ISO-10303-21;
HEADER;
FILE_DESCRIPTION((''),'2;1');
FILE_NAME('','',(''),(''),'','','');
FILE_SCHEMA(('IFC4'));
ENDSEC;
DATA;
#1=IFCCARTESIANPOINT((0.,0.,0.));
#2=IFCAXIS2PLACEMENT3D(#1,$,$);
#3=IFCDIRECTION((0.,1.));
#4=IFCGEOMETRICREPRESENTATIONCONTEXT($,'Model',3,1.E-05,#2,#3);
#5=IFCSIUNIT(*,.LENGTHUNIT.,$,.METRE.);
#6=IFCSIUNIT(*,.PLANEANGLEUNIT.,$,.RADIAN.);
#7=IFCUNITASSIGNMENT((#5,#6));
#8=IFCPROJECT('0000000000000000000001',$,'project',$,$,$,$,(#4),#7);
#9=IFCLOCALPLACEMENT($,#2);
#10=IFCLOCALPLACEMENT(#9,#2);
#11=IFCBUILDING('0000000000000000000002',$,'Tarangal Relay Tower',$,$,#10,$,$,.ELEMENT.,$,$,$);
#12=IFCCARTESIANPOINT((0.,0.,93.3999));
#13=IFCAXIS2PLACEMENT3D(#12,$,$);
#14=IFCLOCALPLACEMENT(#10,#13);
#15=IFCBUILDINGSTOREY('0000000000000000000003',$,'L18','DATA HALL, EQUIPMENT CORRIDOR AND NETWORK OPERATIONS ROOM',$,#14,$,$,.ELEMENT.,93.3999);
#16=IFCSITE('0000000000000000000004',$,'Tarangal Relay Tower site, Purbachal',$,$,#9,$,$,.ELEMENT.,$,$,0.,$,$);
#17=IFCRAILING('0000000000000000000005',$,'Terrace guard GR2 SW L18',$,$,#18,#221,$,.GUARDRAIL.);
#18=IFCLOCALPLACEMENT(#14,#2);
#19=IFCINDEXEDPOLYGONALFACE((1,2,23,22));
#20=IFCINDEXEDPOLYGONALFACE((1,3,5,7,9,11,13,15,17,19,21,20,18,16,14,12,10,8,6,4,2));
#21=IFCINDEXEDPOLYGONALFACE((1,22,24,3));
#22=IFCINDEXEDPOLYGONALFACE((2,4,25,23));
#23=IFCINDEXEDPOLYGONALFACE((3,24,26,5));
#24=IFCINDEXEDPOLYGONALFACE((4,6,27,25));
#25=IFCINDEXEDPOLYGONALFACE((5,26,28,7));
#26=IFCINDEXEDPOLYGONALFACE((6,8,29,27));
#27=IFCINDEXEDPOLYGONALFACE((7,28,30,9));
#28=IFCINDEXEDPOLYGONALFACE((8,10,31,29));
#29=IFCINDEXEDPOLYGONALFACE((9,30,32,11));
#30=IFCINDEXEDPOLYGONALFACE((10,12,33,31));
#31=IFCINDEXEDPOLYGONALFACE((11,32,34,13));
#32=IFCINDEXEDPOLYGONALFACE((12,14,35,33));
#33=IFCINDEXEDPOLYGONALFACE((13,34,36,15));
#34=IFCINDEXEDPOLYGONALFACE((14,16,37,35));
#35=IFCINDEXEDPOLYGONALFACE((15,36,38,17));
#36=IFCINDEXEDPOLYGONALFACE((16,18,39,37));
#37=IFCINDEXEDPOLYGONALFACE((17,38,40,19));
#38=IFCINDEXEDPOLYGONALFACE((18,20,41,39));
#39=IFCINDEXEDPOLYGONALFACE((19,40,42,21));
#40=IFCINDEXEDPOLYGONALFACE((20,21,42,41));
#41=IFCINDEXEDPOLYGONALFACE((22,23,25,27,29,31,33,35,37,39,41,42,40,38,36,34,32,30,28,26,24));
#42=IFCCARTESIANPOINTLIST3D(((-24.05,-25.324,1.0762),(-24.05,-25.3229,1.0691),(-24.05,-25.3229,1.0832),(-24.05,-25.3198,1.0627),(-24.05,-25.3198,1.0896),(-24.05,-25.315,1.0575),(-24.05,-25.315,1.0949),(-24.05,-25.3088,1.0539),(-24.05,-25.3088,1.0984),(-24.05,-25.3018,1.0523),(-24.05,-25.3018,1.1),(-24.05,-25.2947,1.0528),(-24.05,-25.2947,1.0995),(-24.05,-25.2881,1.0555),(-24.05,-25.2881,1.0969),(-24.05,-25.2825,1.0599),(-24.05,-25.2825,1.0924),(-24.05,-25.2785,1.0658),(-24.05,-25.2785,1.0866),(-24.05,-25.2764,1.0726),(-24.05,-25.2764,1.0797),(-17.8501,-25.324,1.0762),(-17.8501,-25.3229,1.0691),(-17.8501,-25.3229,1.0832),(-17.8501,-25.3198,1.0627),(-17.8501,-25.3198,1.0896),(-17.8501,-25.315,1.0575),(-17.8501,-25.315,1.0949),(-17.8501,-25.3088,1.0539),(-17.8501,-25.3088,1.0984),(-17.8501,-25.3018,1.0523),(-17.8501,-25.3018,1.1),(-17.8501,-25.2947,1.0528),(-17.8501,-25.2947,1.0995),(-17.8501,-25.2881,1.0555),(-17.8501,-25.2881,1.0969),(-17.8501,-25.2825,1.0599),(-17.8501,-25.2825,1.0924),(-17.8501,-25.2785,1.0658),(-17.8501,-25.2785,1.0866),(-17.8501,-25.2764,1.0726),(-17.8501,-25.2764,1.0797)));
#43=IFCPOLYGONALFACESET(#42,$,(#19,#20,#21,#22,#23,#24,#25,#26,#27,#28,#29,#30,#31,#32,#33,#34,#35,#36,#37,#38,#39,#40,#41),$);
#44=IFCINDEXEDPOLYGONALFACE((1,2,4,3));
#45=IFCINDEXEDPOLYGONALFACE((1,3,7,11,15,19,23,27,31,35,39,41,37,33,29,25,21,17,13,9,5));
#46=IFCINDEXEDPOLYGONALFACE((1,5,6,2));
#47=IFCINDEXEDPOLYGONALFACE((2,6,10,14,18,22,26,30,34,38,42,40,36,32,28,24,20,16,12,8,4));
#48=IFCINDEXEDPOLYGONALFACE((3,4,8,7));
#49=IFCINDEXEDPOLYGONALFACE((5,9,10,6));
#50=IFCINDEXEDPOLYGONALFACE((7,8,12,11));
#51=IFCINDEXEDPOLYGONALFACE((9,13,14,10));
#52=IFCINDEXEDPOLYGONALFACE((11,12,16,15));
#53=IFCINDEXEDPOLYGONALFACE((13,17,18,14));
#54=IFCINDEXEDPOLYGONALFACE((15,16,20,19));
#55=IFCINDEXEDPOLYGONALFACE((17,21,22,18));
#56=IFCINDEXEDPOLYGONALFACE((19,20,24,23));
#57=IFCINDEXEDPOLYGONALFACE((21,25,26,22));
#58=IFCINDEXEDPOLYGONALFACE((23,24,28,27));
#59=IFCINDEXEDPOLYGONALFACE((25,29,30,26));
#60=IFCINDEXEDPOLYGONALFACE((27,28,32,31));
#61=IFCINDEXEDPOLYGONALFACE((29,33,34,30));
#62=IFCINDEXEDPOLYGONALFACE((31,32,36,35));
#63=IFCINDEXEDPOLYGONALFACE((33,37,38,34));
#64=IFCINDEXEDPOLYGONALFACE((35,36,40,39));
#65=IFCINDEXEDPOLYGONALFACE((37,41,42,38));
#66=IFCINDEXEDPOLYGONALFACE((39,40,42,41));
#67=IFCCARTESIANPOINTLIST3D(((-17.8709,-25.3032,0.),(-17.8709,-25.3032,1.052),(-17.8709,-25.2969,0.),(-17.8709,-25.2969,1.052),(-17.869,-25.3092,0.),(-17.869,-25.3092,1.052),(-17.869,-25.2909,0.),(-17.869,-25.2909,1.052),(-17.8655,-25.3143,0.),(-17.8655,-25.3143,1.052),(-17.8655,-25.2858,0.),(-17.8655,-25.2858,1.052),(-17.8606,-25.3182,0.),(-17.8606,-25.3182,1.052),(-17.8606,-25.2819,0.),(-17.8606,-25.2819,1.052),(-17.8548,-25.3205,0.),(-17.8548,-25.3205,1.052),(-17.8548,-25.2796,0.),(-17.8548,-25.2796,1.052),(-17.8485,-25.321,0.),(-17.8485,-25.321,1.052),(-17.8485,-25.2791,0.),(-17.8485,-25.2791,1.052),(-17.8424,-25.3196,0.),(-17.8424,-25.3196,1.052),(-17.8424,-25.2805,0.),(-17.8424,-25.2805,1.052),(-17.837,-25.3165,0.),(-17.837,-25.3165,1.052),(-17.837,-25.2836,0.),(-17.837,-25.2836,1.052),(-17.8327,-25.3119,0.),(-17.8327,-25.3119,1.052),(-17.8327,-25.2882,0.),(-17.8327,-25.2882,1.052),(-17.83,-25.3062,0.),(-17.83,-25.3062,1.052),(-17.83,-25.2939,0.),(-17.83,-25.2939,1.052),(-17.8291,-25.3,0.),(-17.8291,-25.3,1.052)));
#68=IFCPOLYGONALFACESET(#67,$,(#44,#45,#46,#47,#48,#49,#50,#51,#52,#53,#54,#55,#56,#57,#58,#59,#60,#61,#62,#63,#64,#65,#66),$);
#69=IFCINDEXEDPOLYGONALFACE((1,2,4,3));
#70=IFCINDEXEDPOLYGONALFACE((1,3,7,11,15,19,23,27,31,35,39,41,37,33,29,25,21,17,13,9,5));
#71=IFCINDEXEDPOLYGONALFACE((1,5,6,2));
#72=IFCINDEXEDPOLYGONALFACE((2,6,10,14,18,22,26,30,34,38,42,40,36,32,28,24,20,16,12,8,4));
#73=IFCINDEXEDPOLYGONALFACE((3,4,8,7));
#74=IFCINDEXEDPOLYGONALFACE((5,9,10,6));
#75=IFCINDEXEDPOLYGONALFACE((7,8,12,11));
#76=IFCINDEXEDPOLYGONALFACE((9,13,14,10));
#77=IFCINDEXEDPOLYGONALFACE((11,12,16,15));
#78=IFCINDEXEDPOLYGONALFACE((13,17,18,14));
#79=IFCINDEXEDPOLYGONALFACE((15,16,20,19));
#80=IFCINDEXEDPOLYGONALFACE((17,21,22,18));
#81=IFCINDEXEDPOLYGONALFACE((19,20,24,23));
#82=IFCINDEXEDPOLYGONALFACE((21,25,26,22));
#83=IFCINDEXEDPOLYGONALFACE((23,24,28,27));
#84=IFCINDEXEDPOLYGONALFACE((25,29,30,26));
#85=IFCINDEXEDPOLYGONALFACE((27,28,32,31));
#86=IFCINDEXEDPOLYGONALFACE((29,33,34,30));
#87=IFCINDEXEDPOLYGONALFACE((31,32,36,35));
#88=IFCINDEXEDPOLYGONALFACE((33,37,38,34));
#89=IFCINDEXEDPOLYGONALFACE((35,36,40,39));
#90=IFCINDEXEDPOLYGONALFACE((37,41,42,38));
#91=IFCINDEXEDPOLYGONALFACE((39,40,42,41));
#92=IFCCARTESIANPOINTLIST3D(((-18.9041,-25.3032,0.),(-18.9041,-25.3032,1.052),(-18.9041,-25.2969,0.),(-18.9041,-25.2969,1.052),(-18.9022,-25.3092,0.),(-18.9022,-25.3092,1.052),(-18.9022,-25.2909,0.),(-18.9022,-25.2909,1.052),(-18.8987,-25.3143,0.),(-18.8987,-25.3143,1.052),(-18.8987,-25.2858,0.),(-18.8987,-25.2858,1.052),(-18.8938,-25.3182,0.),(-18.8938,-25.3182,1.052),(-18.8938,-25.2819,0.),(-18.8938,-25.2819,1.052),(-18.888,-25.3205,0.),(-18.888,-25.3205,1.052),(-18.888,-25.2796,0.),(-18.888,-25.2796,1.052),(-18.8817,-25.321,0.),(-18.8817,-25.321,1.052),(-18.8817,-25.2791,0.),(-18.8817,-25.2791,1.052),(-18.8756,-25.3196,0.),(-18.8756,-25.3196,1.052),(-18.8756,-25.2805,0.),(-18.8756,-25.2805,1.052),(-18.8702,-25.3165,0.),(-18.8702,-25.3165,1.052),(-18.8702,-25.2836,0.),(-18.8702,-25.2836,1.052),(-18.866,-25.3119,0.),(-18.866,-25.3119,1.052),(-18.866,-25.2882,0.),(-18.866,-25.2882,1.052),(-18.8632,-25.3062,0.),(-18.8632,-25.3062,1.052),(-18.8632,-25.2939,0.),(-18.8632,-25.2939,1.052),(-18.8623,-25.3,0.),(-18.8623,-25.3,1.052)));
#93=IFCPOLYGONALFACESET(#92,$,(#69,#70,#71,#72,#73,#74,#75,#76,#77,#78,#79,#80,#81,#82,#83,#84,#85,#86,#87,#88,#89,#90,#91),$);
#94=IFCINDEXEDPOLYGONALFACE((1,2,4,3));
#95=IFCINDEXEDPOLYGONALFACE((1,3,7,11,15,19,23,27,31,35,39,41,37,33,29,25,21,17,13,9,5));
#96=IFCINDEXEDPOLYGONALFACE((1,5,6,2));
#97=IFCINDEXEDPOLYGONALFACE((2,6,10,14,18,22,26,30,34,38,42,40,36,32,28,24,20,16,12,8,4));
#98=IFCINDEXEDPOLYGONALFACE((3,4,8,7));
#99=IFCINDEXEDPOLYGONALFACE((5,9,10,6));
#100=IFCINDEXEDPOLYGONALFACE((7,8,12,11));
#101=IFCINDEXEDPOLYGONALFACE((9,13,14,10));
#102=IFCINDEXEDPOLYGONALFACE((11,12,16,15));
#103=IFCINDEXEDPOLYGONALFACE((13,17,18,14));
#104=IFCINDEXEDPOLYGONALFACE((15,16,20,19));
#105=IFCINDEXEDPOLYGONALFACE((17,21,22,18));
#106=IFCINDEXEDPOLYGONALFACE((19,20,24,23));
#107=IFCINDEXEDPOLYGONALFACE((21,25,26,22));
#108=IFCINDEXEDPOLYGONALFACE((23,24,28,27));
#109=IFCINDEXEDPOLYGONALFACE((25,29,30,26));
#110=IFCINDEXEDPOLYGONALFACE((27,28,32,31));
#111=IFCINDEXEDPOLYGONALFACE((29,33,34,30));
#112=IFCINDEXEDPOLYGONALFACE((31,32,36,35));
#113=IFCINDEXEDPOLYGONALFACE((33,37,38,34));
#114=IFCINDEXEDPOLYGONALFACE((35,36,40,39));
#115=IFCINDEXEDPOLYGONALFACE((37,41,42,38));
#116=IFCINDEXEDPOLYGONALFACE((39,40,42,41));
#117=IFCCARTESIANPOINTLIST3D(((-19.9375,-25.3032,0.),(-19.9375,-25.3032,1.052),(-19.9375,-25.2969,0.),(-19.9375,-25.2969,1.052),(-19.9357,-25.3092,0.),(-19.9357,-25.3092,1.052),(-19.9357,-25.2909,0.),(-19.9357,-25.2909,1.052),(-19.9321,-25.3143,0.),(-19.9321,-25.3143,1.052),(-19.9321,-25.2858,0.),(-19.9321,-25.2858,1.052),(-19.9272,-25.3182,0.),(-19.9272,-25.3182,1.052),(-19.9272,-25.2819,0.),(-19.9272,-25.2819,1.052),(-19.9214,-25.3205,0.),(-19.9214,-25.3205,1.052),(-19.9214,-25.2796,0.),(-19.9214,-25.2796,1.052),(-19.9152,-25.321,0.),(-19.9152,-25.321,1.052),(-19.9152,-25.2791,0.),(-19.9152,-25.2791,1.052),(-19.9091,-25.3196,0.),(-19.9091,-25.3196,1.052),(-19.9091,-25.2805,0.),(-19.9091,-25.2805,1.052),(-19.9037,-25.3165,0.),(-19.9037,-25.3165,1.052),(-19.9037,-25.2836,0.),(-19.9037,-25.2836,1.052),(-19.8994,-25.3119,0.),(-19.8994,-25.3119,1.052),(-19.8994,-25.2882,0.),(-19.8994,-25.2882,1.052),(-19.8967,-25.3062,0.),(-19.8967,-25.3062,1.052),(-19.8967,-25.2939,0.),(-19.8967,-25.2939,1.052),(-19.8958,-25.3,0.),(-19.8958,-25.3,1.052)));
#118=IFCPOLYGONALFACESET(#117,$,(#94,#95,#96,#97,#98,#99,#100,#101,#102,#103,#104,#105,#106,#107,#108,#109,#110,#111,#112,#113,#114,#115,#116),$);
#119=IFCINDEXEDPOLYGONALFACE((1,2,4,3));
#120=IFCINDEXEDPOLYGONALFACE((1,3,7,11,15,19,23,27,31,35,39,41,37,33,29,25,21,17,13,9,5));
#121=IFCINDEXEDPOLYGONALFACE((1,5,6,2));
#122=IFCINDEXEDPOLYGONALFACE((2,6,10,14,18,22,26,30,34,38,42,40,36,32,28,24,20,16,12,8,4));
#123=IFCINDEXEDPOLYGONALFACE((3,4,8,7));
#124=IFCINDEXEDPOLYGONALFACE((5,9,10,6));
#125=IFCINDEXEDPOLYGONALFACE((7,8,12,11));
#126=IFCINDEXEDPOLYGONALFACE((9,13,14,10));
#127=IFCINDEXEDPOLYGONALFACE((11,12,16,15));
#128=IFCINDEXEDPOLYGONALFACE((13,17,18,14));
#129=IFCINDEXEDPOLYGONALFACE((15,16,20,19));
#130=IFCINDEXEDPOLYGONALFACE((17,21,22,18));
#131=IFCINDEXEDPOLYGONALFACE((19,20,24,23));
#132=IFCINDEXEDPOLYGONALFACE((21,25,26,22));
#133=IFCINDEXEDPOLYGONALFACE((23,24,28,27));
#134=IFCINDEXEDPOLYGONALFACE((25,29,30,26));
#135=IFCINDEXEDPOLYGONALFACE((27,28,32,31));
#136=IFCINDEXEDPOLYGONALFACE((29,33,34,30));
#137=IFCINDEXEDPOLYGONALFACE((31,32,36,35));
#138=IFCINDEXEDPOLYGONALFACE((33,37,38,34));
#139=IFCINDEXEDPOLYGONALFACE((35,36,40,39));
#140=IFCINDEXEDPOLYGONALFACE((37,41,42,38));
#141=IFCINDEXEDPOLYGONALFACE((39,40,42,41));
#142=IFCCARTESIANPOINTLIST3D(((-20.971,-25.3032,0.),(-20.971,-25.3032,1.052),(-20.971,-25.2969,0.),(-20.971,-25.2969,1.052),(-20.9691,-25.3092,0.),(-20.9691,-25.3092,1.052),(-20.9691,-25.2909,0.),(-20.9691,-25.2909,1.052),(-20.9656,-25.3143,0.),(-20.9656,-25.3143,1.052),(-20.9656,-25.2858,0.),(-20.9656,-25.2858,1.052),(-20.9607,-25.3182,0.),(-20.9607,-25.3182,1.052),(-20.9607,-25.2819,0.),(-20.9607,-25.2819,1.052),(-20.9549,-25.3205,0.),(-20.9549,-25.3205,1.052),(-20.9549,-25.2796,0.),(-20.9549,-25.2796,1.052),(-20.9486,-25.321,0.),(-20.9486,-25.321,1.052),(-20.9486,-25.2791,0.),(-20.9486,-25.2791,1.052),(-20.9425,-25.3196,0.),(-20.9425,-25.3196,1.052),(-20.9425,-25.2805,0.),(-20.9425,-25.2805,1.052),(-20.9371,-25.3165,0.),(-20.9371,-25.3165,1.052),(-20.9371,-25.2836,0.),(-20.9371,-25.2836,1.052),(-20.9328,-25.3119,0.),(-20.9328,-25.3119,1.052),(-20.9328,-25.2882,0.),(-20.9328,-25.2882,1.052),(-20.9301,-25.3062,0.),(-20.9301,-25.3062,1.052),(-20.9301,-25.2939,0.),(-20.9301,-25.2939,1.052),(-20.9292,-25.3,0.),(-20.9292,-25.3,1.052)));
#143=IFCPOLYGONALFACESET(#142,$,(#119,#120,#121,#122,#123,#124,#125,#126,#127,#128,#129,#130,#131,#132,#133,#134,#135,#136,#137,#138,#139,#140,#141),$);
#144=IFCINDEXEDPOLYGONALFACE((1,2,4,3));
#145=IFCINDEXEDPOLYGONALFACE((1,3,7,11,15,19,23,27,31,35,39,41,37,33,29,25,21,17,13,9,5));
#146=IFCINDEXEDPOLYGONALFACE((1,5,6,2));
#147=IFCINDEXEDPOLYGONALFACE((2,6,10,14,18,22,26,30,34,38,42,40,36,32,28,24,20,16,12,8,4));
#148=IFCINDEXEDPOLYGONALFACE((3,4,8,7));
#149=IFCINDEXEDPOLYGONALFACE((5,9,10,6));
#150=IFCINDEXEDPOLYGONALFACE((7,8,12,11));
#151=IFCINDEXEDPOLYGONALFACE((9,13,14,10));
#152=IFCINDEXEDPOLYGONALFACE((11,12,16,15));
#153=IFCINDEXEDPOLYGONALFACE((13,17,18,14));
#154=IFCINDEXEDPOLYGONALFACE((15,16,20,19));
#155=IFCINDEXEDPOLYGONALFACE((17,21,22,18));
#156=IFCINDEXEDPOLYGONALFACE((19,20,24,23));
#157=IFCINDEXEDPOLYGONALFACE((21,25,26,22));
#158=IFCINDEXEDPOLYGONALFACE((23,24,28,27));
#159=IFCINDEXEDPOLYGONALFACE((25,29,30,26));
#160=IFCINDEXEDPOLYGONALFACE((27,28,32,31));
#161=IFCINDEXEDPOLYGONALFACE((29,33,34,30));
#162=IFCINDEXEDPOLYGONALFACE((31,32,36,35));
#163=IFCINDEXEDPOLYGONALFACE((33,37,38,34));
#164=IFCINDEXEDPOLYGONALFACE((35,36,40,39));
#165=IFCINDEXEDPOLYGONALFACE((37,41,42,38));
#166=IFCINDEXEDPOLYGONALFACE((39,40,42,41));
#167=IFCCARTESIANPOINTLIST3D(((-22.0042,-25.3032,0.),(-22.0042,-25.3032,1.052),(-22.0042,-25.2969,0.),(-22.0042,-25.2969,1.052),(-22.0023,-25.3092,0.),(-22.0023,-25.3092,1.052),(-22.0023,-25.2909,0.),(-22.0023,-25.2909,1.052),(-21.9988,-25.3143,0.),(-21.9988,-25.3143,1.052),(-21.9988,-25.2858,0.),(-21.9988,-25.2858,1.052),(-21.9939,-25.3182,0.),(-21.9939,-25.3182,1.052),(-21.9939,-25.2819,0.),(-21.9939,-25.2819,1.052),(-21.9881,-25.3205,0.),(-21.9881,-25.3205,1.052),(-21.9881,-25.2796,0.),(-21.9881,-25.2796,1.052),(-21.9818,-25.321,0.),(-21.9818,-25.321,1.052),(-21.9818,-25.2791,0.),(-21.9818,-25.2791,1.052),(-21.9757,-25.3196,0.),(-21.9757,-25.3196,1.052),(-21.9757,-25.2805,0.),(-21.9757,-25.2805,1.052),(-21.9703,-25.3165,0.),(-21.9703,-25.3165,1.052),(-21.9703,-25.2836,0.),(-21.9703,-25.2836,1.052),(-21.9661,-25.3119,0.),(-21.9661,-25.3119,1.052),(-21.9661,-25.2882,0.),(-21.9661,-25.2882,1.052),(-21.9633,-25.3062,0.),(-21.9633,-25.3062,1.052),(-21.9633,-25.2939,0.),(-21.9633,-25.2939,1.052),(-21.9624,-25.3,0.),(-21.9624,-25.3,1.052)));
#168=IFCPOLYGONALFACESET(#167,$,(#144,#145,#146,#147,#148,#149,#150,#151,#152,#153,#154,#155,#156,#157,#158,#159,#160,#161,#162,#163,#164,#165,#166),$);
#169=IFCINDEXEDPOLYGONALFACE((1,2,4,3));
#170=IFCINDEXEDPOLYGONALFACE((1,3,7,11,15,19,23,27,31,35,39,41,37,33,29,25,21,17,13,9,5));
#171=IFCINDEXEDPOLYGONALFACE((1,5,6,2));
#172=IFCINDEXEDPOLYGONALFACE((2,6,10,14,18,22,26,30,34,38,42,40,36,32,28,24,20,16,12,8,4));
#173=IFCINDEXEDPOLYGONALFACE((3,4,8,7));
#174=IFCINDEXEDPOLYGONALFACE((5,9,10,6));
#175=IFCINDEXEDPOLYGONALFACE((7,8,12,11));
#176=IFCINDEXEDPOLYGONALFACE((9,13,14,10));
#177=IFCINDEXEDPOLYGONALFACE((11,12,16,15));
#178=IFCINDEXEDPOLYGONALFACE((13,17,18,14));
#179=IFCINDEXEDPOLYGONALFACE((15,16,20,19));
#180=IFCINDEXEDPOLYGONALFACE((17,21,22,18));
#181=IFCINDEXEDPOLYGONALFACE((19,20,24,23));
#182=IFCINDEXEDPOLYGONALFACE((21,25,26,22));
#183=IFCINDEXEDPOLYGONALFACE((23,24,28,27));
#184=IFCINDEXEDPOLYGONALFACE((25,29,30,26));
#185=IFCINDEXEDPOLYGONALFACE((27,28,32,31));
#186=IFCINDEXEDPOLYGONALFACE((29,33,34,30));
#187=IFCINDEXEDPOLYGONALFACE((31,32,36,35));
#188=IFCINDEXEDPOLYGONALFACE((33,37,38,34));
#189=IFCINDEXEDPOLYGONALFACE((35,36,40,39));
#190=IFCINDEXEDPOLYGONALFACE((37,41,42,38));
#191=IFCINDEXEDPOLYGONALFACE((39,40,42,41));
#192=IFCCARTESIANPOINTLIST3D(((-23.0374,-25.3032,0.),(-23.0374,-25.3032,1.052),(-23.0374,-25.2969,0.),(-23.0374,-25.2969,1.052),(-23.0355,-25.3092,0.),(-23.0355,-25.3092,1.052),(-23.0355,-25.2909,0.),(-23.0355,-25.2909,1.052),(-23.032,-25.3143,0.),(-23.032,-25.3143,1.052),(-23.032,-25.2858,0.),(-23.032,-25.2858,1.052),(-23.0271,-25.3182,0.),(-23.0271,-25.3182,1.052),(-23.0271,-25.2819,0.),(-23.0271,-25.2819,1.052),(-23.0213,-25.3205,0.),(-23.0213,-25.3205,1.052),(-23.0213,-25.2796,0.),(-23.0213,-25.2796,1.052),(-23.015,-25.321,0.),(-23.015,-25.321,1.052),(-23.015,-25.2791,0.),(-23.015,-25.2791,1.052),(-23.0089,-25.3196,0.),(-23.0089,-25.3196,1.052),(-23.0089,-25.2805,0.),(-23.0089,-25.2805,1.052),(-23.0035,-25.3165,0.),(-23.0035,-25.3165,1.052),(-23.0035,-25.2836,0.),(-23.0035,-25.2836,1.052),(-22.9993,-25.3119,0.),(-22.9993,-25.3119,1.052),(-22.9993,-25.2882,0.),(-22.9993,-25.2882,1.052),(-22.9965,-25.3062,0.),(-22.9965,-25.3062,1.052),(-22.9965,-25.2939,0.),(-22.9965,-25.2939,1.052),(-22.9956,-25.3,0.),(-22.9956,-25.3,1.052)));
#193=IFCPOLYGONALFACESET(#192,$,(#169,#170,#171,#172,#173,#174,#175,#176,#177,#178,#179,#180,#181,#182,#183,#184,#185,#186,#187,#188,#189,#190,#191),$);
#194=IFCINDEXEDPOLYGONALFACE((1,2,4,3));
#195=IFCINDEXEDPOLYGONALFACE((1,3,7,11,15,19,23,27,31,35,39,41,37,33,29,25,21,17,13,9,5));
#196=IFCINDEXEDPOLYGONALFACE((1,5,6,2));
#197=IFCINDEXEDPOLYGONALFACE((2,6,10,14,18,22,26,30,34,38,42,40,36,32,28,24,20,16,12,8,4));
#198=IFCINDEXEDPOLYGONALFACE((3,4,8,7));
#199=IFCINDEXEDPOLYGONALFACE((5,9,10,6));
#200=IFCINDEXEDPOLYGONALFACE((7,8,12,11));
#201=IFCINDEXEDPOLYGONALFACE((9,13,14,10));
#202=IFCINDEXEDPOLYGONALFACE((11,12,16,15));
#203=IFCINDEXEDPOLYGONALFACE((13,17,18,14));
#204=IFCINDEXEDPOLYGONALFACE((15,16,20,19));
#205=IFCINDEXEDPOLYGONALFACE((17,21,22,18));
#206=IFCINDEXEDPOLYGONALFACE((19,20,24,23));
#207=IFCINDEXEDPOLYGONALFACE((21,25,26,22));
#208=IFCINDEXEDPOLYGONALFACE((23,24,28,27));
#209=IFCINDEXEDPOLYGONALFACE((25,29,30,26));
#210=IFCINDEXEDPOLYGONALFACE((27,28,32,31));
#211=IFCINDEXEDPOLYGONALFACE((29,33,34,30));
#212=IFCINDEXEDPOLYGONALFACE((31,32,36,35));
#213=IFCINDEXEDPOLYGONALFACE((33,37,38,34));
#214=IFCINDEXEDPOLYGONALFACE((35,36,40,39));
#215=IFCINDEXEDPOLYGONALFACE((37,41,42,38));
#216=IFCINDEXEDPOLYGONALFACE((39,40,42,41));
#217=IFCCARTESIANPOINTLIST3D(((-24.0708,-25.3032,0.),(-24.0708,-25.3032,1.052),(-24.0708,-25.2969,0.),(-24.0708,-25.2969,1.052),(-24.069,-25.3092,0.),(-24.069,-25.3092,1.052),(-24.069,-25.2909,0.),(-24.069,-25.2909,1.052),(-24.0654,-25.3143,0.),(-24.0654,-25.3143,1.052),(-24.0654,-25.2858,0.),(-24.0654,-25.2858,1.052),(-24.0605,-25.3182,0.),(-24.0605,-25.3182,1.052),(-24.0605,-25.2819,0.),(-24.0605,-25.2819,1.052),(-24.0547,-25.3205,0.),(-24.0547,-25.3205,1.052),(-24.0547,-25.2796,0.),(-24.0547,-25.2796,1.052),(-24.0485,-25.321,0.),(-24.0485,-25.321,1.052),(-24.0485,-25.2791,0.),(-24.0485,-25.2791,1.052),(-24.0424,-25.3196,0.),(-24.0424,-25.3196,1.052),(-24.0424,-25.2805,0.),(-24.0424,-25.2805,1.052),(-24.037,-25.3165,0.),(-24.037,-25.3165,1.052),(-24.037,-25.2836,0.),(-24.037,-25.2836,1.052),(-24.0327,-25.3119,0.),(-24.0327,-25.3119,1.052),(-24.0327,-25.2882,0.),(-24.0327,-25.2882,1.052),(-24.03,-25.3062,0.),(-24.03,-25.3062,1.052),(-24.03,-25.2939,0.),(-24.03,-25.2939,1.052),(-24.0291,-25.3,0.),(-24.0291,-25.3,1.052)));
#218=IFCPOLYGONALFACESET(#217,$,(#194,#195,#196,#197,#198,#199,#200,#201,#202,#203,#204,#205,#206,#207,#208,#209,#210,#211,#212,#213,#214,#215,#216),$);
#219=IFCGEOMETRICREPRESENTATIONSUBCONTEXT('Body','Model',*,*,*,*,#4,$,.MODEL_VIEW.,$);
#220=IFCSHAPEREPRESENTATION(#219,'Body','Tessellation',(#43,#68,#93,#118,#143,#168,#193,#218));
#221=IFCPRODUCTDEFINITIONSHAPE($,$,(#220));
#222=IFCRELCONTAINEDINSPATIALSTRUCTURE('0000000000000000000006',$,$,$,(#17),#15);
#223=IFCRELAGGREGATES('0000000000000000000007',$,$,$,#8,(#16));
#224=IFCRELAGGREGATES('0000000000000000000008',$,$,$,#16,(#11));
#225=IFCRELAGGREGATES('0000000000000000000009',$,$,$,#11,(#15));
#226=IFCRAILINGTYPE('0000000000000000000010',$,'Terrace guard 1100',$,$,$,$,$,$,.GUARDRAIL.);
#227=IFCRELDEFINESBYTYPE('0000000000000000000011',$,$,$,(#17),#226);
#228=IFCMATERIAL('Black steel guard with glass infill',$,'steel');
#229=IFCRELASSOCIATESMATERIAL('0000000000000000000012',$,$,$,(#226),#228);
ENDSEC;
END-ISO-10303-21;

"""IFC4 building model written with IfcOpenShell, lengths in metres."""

from ifc_helpers import new_model, si_unit, direction, frame, origin, origin_2d, place, context, subcontext, project, spatial, circle, extrude, material, type_object, element, save


model = new_model("IFC4")

# Units and contexts
model_context = context("Model", 3, precision=1e-05, world=origin(), true_north=direction((0.0, 1.0)))
body_context = subcontext(model_context, "Body", "Model", "MODEL_VIEW")
ifc_project = project(units=[si_unit("LENGTHUNIT", "METRE"), si_unit("PLANEANGLEUNIT", "RADIAN")], contexts=[model_context])

# Site, building, storey
site_placement = place(None, origin())
site = spatial("IfcSite", under=ifc_project, at=site_placement, Name="Tarangal Relay Tower site, Purbachal", CompositionType="ELEMENT", RefElevation=0.0)
building_placement = place(site_placement, origin())
building = spatial("IfcBuilding", under=site, at=building_placement, Name="Tarangal Relay Tower", CompositionType="ELEMENT")
storey_placement = place(building_placement, frame((0.0, 0.0, 93.3999)))
storey = spatial("IfcBuildingStorey", under=building, at=storey_placement, Name="L18", Description="DATA HALL, EQUIPMENT CORRIDOR AND NETWORK OPERATIONS ROOM", CompositionType="ELEMENT", Elevation=93.3999)

# Railing
ifc_material_1 = material(Name="Black steel guard with glass infill", Category="steel")
railing_type = type_object("IfcRailingType", Name="Terrace guard 1100", PredefinedType="GUARDRAIL", material=ifc_material_1)
railing_1_placement = place(storey_placement, frame((-17.8501, -25.3, 0.0)))
element("IfcRailing", 1, at=railing_1_placement, inside=storey, type_object=railing_type, Name="Terrace guard GR2 SW L18", PredefinedType="GUARDRAIL", context=body_context, shape_type="SweptSolid", body=[
    extrude(circle(Radius=0.0239, at=origin_2d()), frame((0.0, 0.0, 1.0762), z_axis=(-1.0, 0.0, 0.0), x_axis=(0.0, -1.0, 0.0)), (0.0, 0.0, 1.0), 6.2),
    extrude(circle(Radius=0.021, at=origin_2d()), origin(), (0.0, 0.0, 1.0), 1.052),
    extrude(circle(Radius=0.021, at=origin_2d()), frame((-1.0332, 0.0, 0.0)), (0.0, 0.0, 1.0), 1.052),
    extrude(circle(Radius=0.021, at=origin_2d()), frame((-2.0667, 0.0, 0.0)), (0.0, 0.0, 1.0), 1.052),
    extrude(circle(Radius=0.021, at=origin_2d()), frame((-3.1001, 0.0, 0.0)), (0.0, 0.0, 1.0), 1.052),
    extrude(circle(Radius=0.021, at=origin_2d()), frame((-4.1333, 0.0, 0.0)), (0.0, 0.0, 1.0), 1.052),
    extrude(circle(Radius=0.021, at=origin_2d()), frame((-5.1665, 0.0, 0.0)), (0.0, 0.0, 1.0), 1.052),
    extrude(circle(Radius=0.021, at=origin_2d()), frame((-6.2, 0.0, 0.0)), (0.0, 0.0, 1.0), 1.052),
])

save(model, "model.ifc")
